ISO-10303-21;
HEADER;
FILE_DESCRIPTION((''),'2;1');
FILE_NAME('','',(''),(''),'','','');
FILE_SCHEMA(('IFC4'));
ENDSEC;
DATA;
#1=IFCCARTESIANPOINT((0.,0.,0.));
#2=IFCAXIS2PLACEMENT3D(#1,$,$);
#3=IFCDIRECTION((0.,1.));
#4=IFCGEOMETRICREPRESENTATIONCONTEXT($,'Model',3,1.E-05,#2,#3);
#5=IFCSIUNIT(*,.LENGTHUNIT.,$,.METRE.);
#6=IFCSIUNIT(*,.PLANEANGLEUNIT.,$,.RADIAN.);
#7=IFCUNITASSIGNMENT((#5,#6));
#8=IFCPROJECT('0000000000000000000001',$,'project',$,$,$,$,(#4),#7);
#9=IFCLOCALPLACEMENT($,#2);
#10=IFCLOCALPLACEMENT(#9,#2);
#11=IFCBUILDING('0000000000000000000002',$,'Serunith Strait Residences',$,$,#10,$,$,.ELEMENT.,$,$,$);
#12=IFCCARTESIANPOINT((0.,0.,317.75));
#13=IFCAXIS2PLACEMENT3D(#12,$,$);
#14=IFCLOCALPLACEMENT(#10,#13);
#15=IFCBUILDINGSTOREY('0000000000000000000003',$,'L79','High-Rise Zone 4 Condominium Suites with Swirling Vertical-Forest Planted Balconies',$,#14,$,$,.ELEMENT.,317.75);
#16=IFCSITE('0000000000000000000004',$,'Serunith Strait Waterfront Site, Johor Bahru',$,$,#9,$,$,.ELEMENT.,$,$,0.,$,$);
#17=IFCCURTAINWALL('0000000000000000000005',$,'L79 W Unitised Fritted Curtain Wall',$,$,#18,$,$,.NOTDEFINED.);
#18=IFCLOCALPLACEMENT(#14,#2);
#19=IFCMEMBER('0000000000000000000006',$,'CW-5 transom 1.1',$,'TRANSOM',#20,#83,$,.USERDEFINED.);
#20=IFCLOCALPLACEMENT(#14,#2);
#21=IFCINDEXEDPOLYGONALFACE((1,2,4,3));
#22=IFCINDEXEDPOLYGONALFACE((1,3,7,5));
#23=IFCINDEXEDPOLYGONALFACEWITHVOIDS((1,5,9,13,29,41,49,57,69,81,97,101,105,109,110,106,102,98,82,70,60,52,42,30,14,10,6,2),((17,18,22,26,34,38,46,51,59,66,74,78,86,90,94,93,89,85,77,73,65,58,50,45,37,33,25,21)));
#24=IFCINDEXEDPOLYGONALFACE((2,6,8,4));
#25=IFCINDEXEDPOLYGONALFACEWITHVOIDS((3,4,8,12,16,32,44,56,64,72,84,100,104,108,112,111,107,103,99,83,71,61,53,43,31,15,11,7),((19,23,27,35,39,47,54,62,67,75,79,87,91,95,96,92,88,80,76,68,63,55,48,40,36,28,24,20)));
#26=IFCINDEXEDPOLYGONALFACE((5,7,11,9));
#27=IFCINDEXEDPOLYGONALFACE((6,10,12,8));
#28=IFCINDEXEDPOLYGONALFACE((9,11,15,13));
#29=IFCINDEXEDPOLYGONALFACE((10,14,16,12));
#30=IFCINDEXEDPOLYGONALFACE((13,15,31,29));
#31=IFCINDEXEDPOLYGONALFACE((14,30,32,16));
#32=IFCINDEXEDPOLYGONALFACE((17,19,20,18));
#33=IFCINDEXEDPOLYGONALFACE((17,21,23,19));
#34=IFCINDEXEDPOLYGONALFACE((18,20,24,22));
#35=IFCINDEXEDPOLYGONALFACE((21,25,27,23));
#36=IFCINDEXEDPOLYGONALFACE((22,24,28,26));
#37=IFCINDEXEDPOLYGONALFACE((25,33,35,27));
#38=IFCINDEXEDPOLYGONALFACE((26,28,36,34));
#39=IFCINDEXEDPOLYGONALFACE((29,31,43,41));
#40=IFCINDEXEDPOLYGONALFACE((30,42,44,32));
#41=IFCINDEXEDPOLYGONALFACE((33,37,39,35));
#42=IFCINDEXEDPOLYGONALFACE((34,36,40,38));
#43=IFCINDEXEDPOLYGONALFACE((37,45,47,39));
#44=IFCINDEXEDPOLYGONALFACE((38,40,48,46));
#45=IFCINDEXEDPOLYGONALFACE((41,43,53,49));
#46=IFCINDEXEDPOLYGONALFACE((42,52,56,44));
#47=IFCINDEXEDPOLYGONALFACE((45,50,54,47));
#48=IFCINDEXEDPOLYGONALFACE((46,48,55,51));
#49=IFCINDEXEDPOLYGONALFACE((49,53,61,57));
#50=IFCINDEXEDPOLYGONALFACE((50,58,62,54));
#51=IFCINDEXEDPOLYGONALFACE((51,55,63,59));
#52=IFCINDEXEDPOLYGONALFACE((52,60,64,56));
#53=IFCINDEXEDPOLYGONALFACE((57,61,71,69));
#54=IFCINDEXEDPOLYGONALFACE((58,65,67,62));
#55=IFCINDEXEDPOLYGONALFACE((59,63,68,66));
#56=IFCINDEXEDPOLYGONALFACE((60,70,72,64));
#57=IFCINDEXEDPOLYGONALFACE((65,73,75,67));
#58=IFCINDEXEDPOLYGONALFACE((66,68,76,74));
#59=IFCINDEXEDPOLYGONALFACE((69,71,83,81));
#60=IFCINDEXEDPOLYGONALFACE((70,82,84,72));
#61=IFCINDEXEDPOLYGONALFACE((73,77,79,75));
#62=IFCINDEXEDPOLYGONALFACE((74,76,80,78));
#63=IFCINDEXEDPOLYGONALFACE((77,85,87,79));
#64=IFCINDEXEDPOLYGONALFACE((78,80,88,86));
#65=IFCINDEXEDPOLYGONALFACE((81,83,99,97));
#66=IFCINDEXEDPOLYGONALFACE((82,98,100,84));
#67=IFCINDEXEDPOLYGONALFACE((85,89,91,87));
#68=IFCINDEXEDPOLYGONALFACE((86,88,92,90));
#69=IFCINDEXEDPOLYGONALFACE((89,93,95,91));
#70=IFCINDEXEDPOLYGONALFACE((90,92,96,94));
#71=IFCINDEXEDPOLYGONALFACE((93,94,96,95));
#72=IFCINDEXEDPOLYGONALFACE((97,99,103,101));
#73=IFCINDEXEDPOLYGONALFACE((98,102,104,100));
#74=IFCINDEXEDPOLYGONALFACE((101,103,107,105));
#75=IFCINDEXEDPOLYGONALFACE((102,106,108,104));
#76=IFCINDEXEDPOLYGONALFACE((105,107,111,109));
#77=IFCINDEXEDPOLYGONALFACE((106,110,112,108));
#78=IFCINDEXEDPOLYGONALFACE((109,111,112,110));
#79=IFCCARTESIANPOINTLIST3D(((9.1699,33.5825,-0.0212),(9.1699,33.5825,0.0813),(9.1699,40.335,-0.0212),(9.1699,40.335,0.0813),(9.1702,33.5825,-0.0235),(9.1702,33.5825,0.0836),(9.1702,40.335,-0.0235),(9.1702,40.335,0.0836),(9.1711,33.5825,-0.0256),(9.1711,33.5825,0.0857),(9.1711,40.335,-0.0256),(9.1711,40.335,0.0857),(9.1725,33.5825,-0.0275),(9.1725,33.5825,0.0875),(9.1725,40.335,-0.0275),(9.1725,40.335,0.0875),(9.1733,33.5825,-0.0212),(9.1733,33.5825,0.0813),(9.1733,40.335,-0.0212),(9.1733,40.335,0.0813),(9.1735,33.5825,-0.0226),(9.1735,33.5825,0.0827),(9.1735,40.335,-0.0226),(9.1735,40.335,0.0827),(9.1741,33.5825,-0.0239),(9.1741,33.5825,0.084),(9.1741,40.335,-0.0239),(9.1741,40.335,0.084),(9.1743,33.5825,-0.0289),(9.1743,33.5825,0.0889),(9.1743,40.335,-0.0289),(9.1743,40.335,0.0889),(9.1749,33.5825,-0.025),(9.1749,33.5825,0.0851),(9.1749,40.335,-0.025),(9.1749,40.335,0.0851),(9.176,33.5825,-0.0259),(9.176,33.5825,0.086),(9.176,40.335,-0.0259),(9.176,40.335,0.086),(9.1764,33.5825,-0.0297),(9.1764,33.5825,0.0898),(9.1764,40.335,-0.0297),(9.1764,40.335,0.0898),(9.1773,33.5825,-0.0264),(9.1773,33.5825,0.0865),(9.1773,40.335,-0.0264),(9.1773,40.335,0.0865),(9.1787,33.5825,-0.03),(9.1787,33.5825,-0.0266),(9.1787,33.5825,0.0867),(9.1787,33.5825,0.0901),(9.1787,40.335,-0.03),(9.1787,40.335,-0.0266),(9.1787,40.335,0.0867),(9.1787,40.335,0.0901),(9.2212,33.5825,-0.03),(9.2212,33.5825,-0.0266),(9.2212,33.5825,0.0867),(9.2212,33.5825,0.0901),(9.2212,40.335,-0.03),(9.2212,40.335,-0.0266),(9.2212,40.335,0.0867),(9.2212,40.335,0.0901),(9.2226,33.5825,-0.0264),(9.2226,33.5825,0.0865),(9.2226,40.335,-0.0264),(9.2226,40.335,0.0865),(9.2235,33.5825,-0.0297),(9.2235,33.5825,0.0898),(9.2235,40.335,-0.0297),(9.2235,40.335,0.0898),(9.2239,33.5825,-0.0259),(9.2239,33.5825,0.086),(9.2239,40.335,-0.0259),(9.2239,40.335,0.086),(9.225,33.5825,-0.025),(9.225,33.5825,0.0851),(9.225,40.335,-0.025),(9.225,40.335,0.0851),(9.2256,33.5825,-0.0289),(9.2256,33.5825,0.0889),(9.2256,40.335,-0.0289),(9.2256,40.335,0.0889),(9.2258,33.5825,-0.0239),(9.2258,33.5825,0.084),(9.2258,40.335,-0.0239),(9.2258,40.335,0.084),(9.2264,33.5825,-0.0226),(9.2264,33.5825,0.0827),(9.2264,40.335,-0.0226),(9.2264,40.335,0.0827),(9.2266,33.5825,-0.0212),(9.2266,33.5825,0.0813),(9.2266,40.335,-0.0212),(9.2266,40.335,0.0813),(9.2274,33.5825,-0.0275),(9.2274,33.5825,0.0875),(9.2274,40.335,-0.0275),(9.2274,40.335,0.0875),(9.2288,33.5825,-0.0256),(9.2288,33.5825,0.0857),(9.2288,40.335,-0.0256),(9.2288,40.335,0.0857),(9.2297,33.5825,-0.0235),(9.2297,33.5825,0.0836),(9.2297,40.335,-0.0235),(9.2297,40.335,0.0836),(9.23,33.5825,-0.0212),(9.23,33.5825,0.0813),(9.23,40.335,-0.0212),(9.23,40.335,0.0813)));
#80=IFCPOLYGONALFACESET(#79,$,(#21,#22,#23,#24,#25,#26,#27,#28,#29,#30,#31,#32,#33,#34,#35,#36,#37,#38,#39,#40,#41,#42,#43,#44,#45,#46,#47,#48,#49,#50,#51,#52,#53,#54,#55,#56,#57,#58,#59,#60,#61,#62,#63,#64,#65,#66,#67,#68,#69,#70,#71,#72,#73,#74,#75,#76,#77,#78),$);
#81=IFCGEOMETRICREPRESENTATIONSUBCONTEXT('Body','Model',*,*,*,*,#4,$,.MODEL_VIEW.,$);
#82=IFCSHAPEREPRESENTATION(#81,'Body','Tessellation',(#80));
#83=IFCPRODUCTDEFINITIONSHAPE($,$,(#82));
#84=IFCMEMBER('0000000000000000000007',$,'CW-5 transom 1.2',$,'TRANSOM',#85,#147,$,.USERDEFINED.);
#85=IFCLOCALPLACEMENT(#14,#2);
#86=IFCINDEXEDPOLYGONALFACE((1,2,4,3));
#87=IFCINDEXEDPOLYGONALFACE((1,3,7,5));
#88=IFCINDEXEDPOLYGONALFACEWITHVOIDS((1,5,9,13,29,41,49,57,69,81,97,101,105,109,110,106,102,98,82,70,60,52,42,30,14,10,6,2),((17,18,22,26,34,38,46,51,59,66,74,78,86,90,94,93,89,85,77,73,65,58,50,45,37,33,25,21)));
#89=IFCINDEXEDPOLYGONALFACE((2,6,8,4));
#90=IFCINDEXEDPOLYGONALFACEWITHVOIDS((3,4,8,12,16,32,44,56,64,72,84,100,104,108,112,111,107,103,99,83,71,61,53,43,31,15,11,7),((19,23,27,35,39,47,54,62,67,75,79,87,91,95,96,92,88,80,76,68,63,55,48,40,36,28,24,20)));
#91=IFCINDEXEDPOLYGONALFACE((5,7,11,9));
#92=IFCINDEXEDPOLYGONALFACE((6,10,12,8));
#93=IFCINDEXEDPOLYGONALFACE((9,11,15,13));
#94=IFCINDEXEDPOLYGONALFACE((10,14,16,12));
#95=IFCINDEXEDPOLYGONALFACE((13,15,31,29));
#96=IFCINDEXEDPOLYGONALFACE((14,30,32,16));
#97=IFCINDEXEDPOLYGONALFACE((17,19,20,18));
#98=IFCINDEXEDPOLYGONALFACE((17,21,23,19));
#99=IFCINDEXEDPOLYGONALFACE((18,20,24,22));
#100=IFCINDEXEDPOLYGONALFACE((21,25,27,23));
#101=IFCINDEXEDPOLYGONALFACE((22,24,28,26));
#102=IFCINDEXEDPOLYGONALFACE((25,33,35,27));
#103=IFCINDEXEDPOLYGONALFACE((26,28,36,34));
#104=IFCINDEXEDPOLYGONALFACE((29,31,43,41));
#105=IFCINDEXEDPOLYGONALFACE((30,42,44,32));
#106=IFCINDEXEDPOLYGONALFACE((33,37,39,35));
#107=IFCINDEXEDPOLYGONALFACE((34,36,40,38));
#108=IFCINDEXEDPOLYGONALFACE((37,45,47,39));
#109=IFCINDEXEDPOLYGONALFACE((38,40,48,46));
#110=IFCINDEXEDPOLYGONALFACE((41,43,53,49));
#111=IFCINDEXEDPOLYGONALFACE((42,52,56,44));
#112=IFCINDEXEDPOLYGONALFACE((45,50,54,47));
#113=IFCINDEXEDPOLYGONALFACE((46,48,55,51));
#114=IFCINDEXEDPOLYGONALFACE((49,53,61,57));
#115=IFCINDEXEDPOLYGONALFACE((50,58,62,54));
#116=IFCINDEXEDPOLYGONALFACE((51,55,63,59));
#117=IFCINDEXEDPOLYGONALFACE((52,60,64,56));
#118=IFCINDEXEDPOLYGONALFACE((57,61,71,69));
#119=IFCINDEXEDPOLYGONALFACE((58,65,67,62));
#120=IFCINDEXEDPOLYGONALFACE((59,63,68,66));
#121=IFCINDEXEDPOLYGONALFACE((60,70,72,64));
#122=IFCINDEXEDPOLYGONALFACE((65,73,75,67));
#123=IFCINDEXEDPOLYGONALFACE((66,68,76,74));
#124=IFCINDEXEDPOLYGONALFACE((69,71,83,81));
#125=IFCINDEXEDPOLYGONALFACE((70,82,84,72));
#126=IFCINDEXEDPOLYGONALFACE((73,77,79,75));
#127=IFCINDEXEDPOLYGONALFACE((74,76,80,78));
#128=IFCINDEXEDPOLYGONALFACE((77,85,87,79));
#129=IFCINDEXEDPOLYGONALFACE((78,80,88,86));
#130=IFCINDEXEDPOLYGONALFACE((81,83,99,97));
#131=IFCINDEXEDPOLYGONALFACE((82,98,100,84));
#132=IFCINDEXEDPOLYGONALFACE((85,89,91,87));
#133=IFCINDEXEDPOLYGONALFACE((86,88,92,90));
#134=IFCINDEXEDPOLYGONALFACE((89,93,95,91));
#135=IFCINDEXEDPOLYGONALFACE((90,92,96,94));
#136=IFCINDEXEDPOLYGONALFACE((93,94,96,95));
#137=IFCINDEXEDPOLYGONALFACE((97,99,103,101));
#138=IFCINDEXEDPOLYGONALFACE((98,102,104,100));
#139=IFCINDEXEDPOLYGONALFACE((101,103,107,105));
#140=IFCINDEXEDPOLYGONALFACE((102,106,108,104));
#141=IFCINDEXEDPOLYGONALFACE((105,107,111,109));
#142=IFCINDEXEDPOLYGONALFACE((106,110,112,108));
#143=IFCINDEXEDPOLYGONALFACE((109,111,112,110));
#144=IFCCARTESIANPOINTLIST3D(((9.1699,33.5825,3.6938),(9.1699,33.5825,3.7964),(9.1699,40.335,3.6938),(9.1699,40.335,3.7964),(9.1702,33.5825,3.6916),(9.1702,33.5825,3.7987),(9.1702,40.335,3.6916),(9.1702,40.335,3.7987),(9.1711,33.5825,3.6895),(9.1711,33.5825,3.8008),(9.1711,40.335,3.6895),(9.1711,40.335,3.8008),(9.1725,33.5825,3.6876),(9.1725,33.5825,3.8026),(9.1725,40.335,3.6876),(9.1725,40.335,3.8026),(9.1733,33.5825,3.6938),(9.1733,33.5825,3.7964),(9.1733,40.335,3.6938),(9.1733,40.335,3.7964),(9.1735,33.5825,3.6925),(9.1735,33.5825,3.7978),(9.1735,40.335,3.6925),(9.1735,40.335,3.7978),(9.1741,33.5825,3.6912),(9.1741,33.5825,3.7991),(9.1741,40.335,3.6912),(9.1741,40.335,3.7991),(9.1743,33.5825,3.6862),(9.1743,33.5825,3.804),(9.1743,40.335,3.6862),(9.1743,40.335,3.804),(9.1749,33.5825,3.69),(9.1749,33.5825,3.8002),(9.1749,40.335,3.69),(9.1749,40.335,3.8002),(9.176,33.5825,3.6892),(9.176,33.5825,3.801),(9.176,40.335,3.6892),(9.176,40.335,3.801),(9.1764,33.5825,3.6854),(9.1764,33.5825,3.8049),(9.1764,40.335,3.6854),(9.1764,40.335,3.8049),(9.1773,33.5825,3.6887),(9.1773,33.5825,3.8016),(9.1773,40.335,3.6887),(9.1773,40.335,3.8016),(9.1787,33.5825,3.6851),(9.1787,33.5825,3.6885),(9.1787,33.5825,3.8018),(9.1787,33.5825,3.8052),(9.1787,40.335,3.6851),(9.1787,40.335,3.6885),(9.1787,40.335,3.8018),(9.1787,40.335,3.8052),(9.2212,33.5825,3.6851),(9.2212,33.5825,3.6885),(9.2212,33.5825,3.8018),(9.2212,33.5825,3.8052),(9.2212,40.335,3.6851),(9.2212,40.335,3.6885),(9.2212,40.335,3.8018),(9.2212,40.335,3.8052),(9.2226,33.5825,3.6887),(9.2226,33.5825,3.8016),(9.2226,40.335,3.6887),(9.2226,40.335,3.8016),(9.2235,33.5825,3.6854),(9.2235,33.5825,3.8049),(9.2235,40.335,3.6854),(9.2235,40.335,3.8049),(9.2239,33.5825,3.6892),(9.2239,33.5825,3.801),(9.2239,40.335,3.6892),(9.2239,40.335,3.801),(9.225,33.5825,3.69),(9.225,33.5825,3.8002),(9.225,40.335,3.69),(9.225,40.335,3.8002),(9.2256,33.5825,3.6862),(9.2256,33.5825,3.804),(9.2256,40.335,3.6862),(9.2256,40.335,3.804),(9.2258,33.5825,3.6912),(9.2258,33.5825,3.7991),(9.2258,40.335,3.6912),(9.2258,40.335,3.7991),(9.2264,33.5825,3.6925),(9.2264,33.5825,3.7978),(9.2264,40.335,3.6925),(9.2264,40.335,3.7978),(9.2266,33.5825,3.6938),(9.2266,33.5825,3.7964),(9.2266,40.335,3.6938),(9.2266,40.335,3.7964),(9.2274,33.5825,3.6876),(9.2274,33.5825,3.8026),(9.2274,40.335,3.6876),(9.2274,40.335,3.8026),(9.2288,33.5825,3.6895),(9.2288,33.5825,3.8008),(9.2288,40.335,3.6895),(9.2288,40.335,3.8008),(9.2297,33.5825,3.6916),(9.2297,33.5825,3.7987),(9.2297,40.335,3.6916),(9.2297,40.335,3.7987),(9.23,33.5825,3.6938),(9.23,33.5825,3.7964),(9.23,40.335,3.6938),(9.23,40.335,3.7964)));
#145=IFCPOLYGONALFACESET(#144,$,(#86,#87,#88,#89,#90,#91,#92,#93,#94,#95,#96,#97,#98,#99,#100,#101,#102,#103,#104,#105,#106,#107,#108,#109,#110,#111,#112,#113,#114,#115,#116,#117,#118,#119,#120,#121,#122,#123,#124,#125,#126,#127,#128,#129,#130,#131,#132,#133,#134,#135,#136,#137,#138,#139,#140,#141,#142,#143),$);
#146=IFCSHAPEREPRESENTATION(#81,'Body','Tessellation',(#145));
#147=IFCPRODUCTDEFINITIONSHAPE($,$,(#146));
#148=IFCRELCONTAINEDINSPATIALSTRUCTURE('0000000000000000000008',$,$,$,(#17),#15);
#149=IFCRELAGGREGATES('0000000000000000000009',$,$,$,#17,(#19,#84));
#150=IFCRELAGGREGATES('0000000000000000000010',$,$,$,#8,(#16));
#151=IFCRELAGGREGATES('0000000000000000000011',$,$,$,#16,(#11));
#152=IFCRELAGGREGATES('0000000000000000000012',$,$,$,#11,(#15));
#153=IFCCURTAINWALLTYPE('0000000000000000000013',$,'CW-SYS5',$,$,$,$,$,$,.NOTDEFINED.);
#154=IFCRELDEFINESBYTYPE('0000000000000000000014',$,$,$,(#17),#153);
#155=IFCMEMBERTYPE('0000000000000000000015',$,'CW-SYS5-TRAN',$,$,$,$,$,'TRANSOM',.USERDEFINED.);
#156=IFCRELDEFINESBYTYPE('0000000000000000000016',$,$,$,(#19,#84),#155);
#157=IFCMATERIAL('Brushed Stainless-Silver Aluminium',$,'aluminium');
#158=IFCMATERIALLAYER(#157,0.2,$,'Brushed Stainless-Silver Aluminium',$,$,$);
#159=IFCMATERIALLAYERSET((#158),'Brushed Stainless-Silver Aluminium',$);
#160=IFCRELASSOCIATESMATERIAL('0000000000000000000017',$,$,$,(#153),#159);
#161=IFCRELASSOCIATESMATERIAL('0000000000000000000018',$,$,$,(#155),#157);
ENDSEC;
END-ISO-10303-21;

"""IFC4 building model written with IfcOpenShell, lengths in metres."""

from ifc_helpers import new_model, si_unit, direction, frame, origin, origin_2d, place, context, subcontext, project, spatial, hollow_rectangle, extrude, source, transform, mapped, material, layer, layer_set, material_profile, profile_set, type_object, element, aggregate, save


model = new_model("IFC4")

# Units and contexts
model_context = context("Model", 3, precision=1e-05, world=origin(), true_north=direction((0.0, 1.0)))
body_context = subcontext(model_context, "Body", "Model", "MODEL_VIEW")
ifc_project = project(units=[si_unit("LENGTHUNIT", "METRE"), si_unit("PLANEANGLEUNIT", "RADIAN")], contexts=[model_context])

# Site, building, storey
site_placement = place(None, origin())
site = spatial("IfcSite", under=ifc_project, at=site_placement, Name="Serunith Strait Waterfront Site, Johor Bahru", CompositionType="ELEMENT", RefElevation=0.0)
building_placement = place(site_placement, origin())
building = spatial("IfcBuilding", under=site, at=building_placement, Name="Serunith Strait Residences", CompositionType="ELEMENT")
storey_placement = place(building_placement, frame((0.0, 0.0, 317.75)))
storey = spatial("IfcBuildingStorey", under=building, at=storey_placement, Name="L79", Description="High-Rise Zone 4 Condominium Suites with Swirling Vertical-Forest Planted Balconies", CompositionType="ELEMENT", Elevation=317.75)

# Curtain wall, members
ifc_material_1 = material(Name="Brushed Stainless-Silver Aluminium", Category="aluminium")
ifc_layer_1 = layer(ifc_material_1, 0.2, Name="Brushed Stainless-Silver Aluminium")
ifc_layer_set_1 = layer_set([ifc_layer_1], Name="Brushed Stainless-Silver Aluminium")
curtain_wall_type = type_object("IfcCurtainWallType", Name="CW-SYS5", PredefinedType="NOTDEFINED", material=ifc_layer_set_1)
curtain_wall_1_placement = place(storey_placement, origin())
curtain_wall_1 = element("IfcCurtainWall", 1, at=curtain_wall_1_placement, inside=storey, type_object=curtain_wall_type, Name="L79 W Unitised Fritted Curtain Wall", PredefinedType="NOTDEFINED")
ifc_material_profile_1 = material_profile(ifc_material_1, hollow_rectangle(XDim=0.0601, YDim=0.1201, WallThickness=0.0034, InnerFilletRadius=0.0054, OuterFilletRadius=0.0088, at=origin_2d()), Name="ALU 120x60x3.5")
ifc_profile_set_1 = profile_set([ifc_material_profile_1], Name="Brushed Stainless-Silver Aluminium")
member_type_1 = type_object("IfcMemberType", Name="CW-SYS5-TRAN", ElementType="TRANSOM", PredefinedType="USERDEFINED", material=ifc_profile_set_1)
shared_shape_1 = source(origin(), body_context, "Body", "SweptSolid", [
    extrude(hollow_rectangle(XDim=0.0601, YDim=0.1201, WallThickness=0.0034, InnerFilletRadius=0.0054, OuterFilletRadius=0.0088, at=origin_2d()), origin(), (0.0, 0.0, 1.0), 6.7524),
])
member_1_placement = place(storey_placement, frame((9.2, 40.335, 0.03), z_axis=(0.0, -1.0, 0.0), x_axis=(1.0, 0.0, 0.0)))
member_1 = element("IfcMember", 2, at=member_1_placement, type_object=member_type_1, Name="CW-5 transom 1.1", ObjectType="TRANSOM", PredefinedType="USERDEFINED", context=body_context, shape_type="MappedRepresentation", body=[
    mapped(shared_shape_1, transform((0.0, 0.0, 0.0), scale=1.0)),
])
member_2_placement = place(storey_placement, frame((9.2, 40.335, 3.7451), z_axis=(0.0, -1.0, 0.0), x_axis=(1.0, 0.0, 0.0)))
member_2 = element("IfcMember", 3, at=member_2_placement, type_object=member_type_1, Name="CW-5 transom 1.2", ObjectType="TRANSOM", PredefinedType="USERDEFINED", context=body_context, shape_type="MappedRepresentation", body=[
    mapped(shared_shape_1, transform((0.0, 0.0, 0.0), scale=1.0)),
])

aggregate(curtain_wall_1, [member_1, member_2])

save(model, "model.ifc")
